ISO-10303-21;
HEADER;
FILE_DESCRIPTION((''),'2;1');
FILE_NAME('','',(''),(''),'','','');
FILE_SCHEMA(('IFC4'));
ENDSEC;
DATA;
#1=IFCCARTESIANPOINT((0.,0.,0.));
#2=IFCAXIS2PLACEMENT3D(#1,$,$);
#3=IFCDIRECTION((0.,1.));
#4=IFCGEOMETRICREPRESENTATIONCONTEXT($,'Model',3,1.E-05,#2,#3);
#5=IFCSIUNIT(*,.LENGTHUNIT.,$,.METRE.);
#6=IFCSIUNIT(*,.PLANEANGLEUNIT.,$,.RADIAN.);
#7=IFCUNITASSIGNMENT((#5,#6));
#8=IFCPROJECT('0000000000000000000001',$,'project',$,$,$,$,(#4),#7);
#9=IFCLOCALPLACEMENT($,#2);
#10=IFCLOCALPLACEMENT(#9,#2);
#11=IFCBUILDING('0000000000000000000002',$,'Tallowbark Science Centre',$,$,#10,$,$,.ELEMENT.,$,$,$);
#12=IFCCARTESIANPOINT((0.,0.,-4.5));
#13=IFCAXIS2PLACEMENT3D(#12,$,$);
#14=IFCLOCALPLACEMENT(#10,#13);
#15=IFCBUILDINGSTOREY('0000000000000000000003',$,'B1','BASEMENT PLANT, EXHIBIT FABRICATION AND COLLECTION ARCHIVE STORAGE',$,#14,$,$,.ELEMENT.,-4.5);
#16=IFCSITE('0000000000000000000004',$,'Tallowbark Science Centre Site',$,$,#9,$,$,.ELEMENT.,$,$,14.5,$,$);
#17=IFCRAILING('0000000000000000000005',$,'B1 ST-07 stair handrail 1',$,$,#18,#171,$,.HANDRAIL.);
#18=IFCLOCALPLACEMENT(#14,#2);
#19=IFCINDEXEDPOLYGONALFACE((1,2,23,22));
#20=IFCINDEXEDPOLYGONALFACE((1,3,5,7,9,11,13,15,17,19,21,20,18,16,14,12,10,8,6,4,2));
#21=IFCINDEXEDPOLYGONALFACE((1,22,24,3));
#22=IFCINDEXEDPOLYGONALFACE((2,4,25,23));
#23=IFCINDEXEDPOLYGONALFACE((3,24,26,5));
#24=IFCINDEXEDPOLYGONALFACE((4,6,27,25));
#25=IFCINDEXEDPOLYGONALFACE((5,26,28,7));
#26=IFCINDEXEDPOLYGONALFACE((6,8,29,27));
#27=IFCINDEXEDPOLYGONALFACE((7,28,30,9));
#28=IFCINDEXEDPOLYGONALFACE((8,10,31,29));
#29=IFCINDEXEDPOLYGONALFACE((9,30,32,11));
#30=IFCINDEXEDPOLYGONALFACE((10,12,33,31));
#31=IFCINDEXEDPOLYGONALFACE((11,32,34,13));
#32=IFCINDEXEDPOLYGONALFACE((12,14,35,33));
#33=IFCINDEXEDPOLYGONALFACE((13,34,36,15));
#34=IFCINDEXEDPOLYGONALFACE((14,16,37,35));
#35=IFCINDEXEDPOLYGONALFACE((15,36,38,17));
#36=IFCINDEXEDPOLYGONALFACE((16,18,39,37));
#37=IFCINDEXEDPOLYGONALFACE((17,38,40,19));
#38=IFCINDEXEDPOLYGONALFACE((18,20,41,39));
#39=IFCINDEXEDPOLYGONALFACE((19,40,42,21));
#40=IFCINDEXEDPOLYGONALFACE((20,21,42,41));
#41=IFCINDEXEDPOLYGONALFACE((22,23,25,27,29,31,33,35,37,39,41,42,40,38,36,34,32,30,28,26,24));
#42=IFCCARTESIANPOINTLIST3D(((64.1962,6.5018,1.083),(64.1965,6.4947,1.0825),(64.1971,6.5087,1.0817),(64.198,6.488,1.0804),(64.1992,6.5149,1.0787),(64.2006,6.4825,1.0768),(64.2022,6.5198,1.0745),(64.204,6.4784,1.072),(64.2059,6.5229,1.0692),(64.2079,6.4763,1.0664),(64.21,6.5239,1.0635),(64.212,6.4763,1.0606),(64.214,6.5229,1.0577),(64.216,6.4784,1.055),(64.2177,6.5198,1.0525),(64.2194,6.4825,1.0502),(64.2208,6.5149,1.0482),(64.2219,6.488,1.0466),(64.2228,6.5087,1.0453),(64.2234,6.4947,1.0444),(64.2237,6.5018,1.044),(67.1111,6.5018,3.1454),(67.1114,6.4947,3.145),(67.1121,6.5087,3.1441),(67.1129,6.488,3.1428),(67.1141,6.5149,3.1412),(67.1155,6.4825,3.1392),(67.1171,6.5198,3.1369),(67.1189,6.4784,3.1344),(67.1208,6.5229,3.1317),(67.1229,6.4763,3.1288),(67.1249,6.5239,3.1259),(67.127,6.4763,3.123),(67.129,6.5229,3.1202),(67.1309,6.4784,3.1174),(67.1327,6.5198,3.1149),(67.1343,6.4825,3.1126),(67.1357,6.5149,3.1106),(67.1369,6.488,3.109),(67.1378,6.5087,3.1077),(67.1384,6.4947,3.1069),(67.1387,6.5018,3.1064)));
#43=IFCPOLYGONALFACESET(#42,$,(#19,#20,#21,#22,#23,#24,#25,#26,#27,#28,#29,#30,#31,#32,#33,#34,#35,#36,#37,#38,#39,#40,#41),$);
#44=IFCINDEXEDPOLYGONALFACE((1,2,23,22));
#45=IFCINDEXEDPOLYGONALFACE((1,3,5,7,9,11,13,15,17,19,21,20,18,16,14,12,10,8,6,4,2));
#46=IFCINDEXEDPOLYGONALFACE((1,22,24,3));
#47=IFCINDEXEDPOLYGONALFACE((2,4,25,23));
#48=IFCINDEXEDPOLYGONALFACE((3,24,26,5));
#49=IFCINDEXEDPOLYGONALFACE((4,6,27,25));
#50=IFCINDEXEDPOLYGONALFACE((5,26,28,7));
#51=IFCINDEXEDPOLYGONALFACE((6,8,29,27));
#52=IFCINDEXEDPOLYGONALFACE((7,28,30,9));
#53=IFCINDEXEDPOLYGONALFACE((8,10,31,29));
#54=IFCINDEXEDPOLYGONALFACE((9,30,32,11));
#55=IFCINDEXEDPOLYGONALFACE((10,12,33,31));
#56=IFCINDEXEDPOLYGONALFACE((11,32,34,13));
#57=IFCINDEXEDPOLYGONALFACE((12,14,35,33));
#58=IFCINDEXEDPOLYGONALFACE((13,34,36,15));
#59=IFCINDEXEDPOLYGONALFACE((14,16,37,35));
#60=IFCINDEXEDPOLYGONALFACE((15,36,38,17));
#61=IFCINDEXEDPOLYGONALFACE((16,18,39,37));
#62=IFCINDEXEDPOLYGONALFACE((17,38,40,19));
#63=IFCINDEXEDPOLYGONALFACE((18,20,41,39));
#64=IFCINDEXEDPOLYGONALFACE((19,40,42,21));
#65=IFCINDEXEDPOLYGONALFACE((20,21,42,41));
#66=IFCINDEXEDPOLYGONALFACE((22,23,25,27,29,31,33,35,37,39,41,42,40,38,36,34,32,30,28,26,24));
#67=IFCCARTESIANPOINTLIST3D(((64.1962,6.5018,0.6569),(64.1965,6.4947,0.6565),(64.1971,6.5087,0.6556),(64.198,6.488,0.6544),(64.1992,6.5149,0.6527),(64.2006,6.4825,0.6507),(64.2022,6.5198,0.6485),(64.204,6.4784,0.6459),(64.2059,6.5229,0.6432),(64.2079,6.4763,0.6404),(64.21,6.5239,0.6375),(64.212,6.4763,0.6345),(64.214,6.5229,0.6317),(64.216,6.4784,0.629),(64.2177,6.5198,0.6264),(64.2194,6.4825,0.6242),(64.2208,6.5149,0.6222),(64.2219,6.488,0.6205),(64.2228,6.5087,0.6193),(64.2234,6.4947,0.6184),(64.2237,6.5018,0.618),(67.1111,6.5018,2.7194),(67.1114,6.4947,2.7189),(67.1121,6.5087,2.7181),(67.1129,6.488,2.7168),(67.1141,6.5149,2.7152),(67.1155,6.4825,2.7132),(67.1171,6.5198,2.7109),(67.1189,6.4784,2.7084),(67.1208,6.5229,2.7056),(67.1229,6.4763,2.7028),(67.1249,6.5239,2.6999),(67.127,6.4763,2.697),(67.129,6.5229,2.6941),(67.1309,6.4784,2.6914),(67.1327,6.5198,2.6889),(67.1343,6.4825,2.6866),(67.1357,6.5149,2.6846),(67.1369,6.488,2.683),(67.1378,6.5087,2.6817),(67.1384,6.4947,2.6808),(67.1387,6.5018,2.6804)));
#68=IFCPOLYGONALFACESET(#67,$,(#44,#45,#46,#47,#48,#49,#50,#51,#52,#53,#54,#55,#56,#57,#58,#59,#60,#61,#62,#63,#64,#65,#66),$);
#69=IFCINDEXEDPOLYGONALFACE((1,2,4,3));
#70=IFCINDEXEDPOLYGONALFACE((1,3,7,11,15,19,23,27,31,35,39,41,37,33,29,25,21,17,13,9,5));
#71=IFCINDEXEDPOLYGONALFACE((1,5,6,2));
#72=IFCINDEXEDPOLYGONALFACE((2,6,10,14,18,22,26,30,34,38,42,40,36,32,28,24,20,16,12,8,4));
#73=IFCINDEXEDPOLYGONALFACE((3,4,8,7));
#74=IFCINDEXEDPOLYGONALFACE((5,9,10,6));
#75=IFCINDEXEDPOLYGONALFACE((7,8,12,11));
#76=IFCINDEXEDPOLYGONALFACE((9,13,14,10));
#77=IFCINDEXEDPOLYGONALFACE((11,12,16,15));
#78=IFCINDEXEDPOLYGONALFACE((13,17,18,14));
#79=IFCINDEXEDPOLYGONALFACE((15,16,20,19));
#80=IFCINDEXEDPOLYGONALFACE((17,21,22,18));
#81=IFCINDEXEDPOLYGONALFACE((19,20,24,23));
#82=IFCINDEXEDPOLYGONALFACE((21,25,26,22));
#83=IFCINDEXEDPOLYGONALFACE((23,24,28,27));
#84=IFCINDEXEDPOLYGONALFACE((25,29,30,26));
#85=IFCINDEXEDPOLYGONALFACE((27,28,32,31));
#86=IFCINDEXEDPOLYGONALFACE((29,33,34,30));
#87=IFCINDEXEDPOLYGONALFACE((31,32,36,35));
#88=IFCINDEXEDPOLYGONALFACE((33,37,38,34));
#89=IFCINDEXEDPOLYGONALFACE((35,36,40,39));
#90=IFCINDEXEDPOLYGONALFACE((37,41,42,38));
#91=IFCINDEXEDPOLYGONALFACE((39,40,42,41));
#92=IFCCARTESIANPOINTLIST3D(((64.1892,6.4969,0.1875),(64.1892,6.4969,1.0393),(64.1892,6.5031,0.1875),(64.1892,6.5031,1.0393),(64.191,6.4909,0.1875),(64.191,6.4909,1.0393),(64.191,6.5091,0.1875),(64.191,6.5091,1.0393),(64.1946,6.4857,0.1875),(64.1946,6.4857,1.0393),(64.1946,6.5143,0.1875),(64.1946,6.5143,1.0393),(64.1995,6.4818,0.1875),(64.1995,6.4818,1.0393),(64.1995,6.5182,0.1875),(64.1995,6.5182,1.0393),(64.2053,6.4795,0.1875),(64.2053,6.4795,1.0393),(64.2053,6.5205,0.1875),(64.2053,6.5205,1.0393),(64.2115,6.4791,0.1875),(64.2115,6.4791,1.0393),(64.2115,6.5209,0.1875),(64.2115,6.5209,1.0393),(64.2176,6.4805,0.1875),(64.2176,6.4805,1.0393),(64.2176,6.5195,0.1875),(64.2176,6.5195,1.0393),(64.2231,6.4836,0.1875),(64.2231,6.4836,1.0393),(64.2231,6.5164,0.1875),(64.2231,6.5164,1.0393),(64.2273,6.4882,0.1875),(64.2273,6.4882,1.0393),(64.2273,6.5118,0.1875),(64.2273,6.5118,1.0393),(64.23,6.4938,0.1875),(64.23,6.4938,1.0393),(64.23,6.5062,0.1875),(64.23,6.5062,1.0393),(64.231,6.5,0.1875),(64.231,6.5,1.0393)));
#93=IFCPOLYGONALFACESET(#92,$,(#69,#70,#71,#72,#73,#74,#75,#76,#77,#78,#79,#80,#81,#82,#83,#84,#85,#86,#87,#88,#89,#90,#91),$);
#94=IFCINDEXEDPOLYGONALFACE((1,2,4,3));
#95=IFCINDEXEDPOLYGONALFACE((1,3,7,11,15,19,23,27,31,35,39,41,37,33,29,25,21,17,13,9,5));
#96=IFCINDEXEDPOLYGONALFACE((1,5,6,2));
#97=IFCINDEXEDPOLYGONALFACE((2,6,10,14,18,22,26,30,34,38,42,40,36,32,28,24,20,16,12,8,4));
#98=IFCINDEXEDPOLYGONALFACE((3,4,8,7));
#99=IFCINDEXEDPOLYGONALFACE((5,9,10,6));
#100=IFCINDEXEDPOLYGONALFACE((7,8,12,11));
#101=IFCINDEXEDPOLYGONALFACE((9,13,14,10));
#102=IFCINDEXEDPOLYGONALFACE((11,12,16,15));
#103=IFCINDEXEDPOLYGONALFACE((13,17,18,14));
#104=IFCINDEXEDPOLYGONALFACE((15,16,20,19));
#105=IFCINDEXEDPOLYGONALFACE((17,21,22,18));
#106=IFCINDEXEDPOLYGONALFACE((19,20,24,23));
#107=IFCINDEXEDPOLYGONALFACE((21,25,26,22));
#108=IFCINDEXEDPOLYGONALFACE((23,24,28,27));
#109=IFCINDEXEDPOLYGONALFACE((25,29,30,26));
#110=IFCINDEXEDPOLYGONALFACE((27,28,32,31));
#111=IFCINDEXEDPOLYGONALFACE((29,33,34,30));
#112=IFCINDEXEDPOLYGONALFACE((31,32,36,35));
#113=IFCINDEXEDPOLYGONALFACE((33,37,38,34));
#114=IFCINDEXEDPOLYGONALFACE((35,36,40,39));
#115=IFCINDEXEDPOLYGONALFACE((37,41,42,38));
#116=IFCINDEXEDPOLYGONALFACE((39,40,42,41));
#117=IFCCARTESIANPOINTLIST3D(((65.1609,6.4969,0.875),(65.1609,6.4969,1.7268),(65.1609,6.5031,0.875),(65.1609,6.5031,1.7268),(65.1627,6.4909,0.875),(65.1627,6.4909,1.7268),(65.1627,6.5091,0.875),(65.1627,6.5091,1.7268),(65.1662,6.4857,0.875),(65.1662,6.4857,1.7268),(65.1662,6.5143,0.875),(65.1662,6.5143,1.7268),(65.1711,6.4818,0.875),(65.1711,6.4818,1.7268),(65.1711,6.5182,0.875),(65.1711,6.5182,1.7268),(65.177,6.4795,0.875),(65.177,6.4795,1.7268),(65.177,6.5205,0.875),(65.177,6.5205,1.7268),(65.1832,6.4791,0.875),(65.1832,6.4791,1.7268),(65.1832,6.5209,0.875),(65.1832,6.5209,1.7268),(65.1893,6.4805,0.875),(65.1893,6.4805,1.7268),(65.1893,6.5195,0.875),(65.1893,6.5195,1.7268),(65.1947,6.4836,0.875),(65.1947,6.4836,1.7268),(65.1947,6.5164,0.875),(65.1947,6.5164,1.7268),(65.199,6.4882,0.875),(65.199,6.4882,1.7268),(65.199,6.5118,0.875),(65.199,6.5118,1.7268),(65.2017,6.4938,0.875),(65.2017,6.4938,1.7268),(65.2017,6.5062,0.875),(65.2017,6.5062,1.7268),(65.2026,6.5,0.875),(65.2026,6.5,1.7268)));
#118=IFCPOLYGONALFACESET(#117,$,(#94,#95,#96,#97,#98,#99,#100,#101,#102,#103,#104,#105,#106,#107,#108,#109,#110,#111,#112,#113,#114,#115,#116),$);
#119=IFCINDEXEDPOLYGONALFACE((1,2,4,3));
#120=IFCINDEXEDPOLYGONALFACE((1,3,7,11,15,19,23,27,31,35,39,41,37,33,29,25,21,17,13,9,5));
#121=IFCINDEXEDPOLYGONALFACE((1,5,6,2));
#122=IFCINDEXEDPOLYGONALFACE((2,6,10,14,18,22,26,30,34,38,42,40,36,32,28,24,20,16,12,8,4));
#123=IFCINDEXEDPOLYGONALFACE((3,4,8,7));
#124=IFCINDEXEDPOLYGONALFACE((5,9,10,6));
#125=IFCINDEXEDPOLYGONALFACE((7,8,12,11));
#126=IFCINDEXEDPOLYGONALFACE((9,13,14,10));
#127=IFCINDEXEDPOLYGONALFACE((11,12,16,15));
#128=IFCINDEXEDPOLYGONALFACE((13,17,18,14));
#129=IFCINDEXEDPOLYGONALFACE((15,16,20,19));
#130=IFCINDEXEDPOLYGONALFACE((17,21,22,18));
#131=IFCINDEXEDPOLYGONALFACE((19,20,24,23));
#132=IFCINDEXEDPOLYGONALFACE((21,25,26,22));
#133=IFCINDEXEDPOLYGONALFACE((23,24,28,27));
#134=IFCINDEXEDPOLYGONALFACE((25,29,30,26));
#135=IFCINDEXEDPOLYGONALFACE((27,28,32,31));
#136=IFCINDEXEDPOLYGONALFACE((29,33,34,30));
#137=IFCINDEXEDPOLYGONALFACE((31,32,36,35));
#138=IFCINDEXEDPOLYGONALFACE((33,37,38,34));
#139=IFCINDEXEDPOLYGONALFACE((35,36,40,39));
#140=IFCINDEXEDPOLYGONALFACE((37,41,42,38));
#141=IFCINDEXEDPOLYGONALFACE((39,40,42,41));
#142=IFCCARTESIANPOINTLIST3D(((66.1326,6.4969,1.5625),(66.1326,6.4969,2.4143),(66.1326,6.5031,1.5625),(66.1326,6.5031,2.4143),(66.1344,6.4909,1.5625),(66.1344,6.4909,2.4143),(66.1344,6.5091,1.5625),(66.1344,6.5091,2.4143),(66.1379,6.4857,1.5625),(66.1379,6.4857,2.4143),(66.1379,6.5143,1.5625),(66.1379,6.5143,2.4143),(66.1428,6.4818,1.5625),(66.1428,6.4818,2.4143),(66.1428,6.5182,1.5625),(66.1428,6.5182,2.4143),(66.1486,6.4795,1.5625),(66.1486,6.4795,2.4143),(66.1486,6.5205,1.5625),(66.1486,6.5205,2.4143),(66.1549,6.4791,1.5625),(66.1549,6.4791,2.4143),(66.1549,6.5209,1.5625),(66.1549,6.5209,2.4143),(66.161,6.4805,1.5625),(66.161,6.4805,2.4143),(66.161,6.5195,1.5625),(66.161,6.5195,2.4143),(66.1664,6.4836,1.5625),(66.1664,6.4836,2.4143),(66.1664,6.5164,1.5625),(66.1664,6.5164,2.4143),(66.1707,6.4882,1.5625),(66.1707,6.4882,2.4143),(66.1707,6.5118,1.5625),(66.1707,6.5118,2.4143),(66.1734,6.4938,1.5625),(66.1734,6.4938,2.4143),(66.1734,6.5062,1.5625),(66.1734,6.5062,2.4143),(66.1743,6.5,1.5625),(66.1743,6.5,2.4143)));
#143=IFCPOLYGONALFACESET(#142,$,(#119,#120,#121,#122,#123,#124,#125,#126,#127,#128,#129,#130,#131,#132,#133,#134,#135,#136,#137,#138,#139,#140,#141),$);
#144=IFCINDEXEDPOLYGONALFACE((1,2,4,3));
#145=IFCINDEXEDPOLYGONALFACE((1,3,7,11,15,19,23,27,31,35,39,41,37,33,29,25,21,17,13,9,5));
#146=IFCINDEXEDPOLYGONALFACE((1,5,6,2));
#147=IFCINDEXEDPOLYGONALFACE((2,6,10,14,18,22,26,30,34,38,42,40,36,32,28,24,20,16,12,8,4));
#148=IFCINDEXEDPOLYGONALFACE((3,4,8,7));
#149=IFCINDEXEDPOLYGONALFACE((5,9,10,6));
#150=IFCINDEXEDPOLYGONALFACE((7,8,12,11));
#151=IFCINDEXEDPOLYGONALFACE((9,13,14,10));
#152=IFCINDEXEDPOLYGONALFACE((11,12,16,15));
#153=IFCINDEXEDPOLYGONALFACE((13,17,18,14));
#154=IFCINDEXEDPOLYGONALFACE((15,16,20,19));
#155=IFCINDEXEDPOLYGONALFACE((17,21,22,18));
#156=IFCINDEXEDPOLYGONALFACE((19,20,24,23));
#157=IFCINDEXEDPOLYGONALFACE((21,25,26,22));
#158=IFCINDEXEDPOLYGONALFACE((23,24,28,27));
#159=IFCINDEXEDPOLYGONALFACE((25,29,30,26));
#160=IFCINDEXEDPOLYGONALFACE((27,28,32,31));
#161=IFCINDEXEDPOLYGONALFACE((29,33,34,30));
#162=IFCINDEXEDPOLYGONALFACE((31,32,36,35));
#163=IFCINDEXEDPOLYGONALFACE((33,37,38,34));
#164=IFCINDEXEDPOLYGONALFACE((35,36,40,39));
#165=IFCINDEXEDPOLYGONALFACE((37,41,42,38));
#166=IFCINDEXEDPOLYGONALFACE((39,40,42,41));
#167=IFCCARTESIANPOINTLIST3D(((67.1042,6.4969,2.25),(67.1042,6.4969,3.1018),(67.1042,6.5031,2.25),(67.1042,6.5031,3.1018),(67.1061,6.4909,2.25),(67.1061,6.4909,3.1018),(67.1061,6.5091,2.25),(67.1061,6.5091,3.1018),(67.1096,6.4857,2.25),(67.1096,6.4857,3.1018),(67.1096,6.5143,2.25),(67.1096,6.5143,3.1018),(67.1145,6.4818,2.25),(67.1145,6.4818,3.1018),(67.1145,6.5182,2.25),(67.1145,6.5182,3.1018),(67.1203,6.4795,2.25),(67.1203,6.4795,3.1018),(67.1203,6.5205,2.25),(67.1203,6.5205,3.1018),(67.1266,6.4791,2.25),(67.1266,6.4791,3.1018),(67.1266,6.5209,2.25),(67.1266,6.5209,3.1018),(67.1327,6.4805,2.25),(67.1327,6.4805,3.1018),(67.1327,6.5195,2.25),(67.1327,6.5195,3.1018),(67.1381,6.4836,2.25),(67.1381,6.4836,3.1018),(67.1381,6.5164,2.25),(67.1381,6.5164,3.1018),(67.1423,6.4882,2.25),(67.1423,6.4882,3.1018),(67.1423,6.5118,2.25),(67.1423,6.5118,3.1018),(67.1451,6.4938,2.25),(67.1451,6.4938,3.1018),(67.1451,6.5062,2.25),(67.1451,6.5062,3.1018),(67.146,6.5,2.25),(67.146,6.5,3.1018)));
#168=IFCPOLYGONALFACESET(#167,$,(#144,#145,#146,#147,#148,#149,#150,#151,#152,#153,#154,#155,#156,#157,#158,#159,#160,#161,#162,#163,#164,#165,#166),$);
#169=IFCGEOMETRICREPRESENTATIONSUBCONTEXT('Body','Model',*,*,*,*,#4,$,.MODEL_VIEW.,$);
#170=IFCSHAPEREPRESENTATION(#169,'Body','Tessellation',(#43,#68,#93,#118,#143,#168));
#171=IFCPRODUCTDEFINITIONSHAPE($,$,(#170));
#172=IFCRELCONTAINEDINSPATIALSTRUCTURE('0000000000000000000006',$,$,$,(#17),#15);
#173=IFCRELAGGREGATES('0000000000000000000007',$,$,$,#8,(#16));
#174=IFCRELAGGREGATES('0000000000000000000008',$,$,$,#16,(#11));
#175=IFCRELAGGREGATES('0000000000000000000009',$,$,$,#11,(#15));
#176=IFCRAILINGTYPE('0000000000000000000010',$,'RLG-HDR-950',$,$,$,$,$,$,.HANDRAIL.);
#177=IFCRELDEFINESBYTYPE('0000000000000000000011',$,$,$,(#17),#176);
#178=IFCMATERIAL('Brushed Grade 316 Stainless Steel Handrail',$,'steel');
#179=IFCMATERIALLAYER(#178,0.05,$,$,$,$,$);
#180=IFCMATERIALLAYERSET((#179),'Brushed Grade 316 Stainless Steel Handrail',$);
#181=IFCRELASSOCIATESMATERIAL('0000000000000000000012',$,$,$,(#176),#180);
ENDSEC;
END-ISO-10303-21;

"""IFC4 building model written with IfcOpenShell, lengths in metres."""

from ifc_helpers import new_model, si_unit, direction, frame, origin, origin_2d, place, context, subcontext, project, spatial, circle, extrude, material, layer, layer_set, type_object, element, save


model = new_model("IFC4")

# Units and contexts
model_context = context("Model", 3, precision=1e-05, world=origin(), true_north=direction((0.0, 1.0)))
body_context = subcontext(model_context, "Body", "Model", "MODEL_VIEW")
ifc_project = project(units=[si_unit("LENGTHUNIT", "METRE"), si_unit("PLANEANGLEUNIT", "RADIAN")], contexts=[model_context])

# Site, building, storey
site_placement = place(None, origin())
site = spatial("IfcSite", under=ifc_project, at=site_placement, Name="Tallowbark Science Centre Site", CompositionType="ELEMENT", RefElevation=14.5)
building_placement = place(site_placement, origin())
building = spatial("IfcBuilding", under=site, at=building_placement, Name="Tallowbark Science Centre", CompositionType="ELEMENT")
storey_placement = place(building_placement, frame((0.0, 0.0, -4.5)))
storey = spatial("IfcBuildingStorey", under=building, at=storey_placement, Name="B1", Description="BASEMENT PLANT, EXHIBIT FABRICATION AND COLLECTION ARCHIVE STORAGE", CompositionType="ELEMENT", Elevation=-4.5)

# Railing
ifc_material_1 = material(Name="Brushed Grade 316 Stainless Steel Handrail", Category="steel")
ifc_layer_1 = layer(ifc_material_1, 0.05)
ifc_layer_set_1 = layer_set([ifc_layer_1], Name="Brushed Grade 316 Stainless Steel Handrail")
railing_type = type_object("IfcRailingType", Name="RLG-HDR-950", PredefinedType="HANDRAIL", material=ifc_layer_set_1)
railing_placement = place(storey_placement, frame((64.21, 6.5, 0.1875)))
element("IfcRailing", 1, at=railing_placement, inside=storey, type_object=railing_type, Name="B1 ST-07 stair handrail 1", PredefinedType="HANDRAIL", context=body_context, shape_type="SweptSolid", body=[
    extrude(circle(Radius=0.0239, at=origin_2d()), frame((0.0, 0.0, 0.876), z_axis=(0.816331, 0.0, 0.577585), x_axis=(0.0, 1.0, 0.0)), (0.0, 0.0, 1.0), 3.5708),
    extrude(circle(Radius=0.0239, at=origin_2d()), frame((0.0, 0.0, 0.45), z_axis=(0.816331, 0.0, 0.577585), x_axis=(0.0, 1.0, 0.0)), (0.0, 0.0, 1.0), 3.5708),
    extrude(circle(Radius=0.021, at=origin_2d()), origin(), (0.0, 0.0, 1.0), 0.8518),
    extrude(circle(Radius=0.021, at=origin_2d()), frame((0.9717, 0.0, 0.6875)), (0.0, 0.0, 1.0), 0.8518),
    extrude(circle(Radius=0.021, at=origin_2d()), frame((1.9434, 0.0, 1.375)), (0.0, 0.0, 1.0), 0.8518),
    extrude(circle(Radius=0.021, at=origin_2d()), frame((2.915, 0.0, 2.0625)), (0.0, 0.0, 1.0), 0.8518),
])

save(model, "model.ifc")
